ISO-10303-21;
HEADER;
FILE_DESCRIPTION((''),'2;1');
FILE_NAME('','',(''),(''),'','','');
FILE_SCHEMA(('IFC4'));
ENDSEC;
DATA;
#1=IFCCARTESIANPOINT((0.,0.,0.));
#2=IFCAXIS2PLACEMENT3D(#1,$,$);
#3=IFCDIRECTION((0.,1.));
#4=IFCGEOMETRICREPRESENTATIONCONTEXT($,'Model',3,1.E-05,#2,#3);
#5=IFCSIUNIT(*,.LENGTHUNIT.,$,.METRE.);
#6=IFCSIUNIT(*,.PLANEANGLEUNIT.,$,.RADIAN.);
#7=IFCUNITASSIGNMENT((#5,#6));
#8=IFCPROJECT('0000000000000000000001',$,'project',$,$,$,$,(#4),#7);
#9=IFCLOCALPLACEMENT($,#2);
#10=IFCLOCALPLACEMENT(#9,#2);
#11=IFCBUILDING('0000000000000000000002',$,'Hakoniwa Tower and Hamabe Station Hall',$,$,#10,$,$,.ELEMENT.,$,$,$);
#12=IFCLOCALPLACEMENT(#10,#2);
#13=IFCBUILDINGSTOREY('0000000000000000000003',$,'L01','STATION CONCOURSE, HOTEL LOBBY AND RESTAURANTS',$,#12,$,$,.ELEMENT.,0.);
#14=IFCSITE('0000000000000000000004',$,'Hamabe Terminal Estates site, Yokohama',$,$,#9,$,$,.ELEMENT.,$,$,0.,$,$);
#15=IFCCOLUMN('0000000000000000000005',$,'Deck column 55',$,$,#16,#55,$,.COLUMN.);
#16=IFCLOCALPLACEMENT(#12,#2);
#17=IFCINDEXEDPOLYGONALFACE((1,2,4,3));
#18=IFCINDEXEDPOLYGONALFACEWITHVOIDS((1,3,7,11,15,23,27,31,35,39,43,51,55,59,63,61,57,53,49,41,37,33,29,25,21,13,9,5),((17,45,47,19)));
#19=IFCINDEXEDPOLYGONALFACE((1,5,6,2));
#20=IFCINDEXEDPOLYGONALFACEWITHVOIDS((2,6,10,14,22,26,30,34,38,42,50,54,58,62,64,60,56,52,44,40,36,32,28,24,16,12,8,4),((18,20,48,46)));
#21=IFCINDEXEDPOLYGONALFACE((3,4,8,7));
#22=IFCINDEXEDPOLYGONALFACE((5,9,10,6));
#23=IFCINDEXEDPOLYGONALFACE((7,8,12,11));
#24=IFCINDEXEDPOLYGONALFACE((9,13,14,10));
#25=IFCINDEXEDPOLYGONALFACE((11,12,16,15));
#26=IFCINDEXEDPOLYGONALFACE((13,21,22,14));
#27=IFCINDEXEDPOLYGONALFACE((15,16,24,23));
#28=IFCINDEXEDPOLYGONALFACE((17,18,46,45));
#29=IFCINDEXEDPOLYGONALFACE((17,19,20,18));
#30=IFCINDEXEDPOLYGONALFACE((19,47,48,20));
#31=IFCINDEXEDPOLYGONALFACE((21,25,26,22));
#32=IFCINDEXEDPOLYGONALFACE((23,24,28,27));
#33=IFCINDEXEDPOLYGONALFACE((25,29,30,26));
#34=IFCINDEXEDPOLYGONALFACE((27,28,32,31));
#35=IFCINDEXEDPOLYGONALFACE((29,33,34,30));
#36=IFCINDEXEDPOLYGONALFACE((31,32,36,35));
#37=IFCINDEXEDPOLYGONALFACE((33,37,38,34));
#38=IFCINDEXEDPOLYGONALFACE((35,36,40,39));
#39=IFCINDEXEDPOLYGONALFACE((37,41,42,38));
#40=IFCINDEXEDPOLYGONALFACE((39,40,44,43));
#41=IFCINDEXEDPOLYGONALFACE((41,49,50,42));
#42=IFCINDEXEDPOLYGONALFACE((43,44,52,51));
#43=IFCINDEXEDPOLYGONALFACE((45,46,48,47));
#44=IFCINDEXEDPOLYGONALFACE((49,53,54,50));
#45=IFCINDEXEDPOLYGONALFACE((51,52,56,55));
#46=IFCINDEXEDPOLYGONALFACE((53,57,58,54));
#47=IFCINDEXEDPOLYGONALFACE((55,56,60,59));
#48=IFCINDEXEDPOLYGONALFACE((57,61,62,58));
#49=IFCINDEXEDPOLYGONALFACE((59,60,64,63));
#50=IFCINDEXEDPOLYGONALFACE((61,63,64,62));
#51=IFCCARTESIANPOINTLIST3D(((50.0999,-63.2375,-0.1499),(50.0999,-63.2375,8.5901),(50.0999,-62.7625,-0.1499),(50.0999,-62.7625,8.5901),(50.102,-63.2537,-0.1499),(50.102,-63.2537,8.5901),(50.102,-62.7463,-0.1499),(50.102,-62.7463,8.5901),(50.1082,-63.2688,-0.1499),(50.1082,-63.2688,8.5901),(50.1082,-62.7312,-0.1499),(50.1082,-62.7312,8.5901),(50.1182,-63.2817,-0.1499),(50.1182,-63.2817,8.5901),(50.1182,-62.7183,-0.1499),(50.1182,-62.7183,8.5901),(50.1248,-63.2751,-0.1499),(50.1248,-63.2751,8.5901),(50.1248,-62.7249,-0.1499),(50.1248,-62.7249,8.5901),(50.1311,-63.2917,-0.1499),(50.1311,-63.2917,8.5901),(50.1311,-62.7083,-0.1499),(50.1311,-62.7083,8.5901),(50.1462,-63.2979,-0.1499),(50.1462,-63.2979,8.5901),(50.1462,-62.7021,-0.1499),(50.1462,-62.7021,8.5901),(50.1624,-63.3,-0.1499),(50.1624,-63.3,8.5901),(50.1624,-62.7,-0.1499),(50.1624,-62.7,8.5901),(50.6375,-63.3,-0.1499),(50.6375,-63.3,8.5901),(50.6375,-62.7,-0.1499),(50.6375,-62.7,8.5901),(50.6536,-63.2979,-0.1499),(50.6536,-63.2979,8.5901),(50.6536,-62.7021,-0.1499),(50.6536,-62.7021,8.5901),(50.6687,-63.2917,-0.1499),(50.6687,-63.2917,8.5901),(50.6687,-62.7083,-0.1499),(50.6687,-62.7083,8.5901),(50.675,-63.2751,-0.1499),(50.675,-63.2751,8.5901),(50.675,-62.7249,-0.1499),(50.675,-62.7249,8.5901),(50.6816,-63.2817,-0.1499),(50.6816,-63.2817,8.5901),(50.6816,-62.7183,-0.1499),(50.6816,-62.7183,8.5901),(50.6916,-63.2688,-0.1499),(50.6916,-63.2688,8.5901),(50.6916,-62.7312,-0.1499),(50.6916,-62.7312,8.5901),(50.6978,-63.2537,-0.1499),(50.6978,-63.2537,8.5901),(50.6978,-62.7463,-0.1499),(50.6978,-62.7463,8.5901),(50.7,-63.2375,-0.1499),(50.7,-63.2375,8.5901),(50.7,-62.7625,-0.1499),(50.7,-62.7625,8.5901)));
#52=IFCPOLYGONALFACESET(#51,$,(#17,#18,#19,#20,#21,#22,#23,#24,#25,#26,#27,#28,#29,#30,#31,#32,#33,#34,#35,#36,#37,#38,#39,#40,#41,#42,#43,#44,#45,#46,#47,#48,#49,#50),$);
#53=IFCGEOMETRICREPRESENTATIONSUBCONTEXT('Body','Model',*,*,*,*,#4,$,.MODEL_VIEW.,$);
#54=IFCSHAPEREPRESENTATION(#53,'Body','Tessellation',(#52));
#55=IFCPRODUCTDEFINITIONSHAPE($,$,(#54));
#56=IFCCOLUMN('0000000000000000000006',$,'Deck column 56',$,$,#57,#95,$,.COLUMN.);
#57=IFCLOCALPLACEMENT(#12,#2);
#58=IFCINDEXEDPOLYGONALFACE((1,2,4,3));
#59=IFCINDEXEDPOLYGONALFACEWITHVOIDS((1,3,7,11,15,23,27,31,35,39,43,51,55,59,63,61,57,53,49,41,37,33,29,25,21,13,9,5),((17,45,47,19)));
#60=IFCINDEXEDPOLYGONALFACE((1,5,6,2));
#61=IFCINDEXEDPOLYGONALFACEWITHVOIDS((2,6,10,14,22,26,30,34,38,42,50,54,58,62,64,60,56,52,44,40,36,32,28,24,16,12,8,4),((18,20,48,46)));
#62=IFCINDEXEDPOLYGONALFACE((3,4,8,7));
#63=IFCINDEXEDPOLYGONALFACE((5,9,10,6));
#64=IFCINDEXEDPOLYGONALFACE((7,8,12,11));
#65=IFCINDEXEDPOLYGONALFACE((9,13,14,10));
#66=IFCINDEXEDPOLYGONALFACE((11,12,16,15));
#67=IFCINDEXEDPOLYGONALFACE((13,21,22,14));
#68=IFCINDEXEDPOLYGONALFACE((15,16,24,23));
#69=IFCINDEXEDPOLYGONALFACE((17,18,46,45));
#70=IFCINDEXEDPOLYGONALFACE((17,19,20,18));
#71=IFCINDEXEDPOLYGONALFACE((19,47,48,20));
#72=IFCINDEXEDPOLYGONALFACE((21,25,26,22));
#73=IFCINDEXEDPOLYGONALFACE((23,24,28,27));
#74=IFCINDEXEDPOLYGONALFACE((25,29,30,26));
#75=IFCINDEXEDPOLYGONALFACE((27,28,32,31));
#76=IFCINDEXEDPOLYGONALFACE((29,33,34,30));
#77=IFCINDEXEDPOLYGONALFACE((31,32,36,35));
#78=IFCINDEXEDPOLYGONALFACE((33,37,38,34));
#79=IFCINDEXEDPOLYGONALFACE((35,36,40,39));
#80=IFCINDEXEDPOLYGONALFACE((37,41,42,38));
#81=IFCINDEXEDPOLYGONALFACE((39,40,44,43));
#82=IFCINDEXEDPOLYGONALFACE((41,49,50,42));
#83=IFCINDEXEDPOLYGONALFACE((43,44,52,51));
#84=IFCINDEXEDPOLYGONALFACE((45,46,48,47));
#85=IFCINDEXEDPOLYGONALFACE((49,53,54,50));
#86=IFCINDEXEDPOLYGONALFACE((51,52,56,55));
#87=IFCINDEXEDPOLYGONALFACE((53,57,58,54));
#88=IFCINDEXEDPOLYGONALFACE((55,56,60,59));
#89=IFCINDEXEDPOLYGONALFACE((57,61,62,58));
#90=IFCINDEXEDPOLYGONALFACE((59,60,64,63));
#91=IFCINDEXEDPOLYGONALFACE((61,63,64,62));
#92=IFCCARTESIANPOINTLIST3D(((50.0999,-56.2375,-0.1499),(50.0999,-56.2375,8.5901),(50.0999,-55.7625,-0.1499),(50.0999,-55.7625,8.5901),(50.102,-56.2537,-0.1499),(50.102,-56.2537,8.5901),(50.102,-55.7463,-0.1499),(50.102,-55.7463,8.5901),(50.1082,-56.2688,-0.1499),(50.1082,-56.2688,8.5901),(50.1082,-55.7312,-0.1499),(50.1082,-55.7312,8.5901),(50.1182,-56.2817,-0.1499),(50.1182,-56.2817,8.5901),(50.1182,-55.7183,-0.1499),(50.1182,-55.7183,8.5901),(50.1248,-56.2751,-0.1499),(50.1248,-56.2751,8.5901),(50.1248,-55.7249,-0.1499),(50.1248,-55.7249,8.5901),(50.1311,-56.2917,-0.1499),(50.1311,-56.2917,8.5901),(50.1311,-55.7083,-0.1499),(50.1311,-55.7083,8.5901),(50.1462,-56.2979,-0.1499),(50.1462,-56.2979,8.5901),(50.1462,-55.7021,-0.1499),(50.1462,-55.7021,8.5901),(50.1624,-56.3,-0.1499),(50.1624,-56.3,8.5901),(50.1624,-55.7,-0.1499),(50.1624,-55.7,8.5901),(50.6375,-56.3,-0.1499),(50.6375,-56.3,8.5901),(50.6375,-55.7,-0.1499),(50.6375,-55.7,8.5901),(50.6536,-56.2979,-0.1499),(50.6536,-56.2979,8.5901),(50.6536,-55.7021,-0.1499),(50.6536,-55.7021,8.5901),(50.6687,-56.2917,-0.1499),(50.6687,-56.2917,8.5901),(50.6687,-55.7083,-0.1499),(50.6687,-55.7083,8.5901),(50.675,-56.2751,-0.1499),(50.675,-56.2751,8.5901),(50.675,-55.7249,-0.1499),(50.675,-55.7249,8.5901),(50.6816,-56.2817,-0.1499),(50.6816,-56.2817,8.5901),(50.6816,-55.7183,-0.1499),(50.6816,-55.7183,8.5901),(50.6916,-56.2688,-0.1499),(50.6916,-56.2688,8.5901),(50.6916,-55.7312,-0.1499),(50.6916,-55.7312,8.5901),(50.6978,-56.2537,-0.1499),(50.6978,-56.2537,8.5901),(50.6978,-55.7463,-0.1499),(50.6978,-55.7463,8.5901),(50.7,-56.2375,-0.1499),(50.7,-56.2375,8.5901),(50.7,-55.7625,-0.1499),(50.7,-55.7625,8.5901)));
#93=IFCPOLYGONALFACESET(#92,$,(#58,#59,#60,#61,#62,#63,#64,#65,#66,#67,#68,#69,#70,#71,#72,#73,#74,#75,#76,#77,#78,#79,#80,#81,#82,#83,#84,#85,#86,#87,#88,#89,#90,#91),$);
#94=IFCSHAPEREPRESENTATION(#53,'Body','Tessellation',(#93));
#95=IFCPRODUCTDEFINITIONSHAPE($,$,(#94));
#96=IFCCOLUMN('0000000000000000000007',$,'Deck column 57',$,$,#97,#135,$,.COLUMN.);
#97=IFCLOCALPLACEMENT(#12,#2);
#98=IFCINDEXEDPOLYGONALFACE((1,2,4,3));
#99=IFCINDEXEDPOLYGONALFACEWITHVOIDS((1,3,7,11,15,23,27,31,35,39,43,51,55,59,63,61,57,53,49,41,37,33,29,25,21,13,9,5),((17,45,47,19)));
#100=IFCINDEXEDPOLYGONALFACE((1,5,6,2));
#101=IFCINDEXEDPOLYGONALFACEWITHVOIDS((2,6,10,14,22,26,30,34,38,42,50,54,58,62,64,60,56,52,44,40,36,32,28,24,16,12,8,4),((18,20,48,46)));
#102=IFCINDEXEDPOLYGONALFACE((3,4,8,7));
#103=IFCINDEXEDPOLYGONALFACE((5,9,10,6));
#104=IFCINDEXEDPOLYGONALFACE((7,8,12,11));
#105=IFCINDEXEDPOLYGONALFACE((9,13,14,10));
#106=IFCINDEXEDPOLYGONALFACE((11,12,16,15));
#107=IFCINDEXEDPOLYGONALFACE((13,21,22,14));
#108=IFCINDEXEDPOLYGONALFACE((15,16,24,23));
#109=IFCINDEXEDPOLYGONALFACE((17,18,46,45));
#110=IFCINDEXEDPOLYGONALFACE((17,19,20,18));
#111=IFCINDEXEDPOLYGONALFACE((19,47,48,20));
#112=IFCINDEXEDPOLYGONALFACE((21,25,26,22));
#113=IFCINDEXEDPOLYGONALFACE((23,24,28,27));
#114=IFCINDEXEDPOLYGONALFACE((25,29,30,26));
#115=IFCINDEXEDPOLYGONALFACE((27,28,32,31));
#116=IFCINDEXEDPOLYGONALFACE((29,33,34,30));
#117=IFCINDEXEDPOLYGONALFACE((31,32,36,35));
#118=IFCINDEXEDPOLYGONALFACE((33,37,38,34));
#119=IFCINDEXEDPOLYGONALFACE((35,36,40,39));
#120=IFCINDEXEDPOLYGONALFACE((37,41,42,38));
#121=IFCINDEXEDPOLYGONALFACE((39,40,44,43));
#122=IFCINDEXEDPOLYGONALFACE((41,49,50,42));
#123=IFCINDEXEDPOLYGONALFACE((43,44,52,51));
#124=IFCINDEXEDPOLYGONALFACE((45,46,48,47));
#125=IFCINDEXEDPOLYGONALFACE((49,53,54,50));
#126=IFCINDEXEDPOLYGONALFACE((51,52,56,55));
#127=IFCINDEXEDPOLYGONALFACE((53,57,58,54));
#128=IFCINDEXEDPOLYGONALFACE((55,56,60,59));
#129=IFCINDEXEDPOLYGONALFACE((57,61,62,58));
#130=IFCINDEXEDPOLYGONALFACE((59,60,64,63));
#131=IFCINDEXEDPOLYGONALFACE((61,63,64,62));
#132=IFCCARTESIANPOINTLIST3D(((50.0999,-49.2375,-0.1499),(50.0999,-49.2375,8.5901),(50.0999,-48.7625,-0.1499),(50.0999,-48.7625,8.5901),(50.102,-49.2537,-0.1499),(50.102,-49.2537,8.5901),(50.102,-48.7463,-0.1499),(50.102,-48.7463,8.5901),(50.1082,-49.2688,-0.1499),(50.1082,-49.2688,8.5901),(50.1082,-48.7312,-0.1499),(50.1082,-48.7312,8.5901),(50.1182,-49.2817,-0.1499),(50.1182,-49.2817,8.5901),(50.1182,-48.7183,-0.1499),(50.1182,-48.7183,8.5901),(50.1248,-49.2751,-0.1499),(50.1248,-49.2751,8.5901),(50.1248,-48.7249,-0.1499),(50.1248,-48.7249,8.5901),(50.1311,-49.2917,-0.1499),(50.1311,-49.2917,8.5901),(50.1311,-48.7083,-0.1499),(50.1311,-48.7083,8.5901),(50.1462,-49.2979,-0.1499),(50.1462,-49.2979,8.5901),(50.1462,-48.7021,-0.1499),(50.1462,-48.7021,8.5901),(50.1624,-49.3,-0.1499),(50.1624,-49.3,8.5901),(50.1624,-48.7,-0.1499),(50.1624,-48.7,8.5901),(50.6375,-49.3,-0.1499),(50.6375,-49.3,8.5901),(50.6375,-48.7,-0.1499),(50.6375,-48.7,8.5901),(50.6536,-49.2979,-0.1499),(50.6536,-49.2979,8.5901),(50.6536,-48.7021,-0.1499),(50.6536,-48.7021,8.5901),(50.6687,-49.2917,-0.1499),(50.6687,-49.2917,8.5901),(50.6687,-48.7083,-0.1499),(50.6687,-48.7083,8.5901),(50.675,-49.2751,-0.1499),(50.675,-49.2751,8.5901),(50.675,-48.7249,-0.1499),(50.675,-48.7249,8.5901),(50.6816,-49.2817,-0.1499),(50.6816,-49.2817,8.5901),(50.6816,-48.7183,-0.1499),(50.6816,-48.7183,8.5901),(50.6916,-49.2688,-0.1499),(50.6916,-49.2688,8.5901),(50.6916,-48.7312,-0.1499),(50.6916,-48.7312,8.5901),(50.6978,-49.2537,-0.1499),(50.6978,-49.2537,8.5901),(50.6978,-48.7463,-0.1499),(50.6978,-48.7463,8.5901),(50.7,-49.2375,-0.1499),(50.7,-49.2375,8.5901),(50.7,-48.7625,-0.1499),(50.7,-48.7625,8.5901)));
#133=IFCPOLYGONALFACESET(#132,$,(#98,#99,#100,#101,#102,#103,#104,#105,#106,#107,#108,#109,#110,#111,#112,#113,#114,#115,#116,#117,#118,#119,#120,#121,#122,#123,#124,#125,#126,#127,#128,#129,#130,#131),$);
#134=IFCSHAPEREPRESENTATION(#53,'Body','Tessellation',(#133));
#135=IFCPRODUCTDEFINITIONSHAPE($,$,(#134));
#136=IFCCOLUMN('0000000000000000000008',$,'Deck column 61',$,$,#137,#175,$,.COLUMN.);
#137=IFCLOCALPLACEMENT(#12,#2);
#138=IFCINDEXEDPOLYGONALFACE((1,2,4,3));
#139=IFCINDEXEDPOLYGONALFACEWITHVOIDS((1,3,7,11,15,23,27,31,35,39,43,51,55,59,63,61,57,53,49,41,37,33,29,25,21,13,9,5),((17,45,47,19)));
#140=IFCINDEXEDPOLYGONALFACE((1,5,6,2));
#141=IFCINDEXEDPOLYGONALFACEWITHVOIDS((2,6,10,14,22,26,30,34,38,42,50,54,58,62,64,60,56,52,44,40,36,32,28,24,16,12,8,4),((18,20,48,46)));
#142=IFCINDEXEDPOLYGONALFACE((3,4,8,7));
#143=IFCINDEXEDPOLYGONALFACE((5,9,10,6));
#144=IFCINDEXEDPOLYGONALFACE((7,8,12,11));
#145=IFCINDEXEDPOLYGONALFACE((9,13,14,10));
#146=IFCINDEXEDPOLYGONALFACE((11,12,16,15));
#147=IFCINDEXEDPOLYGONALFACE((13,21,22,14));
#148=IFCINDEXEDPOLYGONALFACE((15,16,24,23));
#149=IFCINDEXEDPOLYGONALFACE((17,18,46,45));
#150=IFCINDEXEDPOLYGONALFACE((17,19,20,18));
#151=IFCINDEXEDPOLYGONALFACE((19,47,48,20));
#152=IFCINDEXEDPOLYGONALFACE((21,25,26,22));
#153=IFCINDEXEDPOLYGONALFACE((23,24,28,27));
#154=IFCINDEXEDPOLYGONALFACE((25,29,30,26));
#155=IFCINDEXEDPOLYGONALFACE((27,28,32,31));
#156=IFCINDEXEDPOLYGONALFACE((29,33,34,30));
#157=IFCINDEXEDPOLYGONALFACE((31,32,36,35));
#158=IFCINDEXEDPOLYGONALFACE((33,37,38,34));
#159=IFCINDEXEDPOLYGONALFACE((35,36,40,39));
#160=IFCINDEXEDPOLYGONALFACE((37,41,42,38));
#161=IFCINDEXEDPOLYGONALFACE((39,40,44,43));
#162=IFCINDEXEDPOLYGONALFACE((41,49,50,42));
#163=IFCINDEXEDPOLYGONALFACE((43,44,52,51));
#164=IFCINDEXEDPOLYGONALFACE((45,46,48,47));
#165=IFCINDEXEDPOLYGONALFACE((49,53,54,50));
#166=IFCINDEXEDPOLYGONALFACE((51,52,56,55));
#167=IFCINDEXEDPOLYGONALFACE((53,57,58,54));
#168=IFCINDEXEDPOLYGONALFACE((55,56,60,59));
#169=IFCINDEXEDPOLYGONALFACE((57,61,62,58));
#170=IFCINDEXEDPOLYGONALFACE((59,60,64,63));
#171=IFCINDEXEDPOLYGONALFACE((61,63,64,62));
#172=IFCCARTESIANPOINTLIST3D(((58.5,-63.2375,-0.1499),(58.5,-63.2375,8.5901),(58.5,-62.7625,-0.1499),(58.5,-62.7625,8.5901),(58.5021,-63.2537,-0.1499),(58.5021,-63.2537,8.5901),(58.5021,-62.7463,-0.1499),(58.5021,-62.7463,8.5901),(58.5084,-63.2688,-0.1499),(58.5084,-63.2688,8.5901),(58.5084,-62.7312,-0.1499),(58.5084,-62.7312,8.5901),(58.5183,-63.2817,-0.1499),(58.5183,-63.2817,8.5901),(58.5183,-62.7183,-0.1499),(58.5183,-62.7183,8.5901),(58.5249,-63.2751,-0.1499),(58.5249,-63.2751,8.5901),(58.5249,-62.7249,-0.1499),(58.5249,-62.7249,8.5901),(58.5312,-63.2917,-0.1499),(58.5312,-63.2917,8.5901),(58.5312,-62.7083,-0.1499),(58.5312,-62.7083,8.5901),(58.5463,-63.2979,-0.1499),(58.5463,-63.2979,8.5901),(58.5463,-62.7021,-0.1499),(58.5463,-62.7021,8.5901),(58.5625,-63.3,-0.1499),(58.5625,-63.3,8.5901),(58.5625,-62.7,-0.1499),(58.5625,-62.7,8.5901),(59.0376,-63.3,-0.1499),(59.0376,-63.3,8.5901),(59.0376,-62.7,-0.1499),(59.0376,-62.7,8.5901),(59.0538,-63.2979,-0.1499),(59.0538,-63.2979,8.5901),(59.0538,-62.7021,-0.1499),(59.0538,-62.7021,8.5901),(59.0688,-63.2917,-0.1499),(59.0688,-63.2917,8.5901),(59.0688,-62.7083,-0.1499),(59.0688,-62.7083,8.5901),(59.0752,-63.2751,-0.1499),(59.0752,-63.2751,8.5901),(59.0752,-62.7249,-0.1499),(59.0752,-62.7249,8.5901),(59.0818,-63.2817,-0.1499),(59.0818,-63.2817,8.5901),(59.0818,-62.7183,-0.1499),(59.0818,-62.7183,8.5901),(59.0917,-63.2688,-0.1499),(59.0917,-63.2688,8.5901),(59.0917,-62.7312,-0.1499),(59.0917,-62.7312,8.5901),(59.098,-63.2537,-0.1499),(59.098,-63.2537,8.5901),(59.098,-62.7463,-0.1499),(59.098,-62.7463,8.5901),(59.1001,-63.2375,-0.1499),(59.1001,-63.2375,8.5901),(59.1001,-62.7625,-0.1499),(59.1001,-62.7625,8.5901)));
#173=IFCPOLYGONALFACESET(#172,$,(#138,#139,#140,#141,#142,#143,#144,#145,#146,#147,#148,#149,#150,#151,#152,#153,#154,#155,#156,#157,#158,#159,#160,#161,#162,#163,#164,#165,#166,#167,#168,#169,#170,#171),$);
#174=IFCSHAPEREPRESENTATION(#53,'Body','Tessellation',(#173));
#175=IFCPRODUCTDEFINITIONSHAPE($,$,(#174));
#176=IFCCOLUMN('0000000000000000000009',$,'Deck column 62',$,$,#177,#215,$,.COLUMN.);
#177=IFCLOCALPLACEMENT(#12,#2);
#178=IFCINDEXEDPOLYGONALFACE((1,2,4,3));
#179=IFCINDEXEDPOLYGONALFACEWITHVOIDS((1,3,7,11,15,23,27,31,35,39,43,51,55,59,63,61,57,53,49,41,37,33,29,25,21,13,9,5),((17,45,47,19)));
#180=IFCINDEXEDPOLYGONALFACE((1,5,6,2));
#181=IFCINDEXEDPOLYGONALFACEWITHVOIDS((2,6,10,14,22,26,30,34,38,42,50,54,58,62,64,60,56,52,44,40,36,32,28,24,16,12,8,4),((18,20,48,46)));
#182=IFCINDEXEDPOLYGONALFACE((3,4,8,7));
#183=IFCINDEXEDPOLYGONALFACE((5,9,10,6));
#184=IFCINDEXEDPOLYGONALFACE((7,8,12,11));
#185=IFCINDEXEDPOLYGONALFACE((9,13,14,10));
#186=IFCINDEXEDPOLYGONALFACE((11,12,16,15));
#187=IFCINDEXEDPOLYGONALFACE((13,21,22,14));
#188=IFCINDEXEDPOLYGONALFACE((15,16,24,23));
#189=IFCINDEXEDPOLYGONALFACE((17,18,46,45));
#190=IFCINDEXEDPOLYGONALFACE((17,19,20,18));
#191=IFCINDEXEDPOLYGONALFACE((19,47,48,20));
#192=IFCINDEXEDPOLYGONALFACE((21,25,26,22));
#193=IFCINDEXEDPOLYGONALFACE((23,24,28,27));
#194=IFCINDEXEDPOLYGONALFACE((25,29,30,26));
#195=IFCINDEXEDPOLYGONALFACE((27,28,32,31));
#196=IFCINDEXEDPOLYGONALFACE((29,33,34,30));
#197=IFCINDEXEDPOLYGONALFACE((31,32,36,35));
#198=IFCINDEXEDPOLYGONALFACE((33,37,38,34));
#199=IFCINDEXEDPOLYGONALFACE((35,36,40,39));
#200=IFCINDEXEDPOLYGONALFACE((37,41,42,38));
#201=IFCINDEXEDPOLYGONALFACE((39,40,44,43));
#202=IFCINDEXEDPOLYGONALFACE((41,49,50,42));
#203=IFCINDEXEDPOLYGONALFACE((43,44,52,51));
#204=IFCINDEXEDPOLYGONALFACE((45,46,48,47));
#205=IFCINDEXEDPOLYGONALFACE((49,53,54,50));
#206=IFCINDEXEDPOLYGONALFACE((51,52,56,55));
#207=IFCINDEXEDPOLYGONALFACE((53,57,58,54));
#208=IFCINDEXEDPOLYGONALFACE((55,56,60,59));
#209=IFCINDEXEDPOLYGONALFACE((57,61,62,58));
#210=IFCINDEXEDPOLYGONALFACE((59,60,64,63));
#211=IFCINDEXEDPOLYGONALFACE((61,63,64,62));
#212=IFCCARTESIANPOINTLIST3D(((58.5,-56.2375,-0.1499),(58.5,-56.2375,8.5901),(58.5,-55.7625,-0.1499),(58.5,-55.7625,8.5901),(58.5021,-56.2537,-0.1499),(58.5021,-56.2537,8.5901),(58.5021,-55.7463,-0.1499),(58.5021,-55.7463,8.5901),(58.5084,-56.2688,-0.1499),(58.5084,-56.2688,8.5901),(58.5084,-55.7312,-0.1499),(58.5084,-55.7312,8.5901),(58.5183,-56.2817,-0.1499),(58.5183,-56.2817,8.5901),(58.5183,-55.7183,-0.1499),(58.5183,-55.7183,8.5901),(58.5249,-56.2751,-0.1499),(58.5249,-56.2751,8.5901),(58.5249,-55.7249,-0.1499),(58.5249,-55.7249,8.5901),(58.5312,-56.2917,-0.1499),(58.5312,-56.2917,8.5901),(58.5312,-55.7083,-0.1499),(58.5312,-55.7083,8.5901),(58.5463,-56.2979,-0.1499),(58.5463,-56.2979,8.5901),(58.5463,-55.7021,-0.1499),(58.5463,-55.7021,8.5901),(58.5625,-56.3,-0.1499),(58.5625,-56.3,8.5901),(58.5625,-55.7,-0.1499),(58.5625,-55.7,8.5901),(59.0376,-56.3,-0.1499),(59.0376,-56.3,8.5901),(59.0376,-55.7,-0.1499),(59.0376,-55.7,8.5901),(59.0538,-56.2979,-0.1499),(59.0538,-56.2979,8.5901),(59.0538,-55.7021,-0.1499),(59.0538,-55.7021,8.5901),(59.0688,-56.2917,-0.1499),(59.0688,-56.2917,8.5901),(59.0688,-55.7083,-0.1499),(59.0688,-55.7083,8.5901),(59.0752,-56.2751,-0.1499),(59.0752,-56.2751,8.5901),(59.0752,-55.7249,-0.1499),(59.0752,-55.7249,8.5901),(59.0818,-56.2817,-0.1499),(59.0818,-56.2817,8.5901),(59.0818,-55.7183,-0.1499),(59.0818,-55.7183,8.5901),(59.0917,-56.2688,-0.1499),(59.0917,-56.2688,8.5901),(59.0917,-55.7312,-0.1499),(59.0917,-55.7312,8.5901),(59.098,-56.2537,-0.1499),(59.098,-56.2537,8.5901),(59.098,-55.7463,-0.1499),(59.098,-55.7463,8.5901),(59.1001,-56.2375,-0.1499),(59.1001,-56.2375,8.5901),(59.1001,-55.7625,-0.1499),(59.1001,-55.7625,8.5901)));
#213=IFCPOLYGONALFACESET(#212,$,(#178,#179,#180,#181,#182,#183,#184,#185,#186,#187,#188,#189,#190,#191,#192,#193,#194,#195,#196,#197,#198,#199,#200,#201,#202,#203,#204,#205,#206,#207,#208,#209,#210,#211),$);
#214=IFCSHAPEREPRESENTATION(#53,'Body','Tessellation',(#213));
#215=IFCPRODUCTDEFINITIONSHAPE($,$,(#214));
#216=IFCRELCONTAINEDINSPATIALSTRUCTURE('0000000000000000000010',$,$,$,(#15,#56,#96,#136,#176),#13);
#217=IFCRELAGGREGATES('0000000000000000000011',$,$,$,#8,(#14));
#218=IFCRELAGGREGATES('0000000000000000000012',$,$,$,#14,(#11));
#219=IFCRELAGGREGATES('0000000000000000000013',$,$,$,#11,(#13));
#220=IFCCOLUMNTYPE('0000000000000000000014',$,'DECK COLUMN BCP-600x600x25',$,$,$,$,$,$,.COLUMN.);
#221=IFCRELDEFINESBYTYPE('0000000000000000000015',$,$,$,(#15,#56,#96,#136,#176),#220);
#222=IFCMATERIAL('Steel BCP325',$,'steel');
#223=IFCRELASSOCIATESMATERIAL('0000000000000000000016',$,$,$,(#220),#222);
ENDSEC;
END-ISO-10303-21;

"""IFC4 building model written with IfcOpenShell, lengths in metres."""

from ifc_helpers import new_model, si_unit, direction, frame, origin, origin_2d, place, context, subcontext, project, spatial, hollow_rectangle, extrude, material, material_profile, profile_set, type_object, element, save


model = new_model("IFC4")

# Units and contexts
model_context = context("Model", 3, precision=1e-05, world=origin(), true_north=direction((0.0, 1.0)))
body_context = subcontext(model_context, "Body", "Model", "MODEL_VIEW")
ifc_project = project(units=[si_unit("LENGTHUNIT", "METRE"), si_unit("PLANEANGLEUNIT", "RADIAN")], contexts=[model_context])

# Site, building, storey
site_placement = place(None, origin())
site = spatial("IfcSite", under=ifc_project, at=site_placement, Name="Hamabe Terminal Estates site, Yokohama", CompositionType="ELEMENT", RefElevation=0.0)
building_placement = place(site_placement, origin())
building = spatial("IfcBuilding", under=site, at=building_placement, Name="Hakoniwa Tower and Hamabe Station Hall", CompositionType="ELEMENT")
storey_placement = place(building_placement, origin())
storey = spatial("IfcBuildingStorey", under=building, at=storey_placement, Name="L01", Description="STATION CONCOURSE, HOTEL LOBBY AND RESTAURANTS", CompositionType="ELEMENT", Elevation=0.0)

# Columns
ifc_material_1 = material(Name="Steel BCP325", Category="steel")
ifc_material_profile_1 = material_profile(ifc_material_1, hollow_rectangle(XDim=0.6001, YDim=0.6001, WallThickness=0.0249, OuterFilletRadius=0.0625, at=origin_2d()), Name="DECK COLUMN BCP-600x600x25")
ifc_profile_set_1 = profile_set([ifc_material_profile_1], Name="Steel BCP325")
column_type = type_object("IfcColumnType", Name="DECK COLUMN BCP-600x600x25", PredefinedType="COLUMN", material=ifc_profile_set_1)
for number, where, z_axis, x_axis, name in (
    (1, (50.3999, -63.0, -0.1499), (0.0, 0.0, 1.0), (1.0, 0.0, 0.0), "Deck column 55"),
    (2, (50.3999, -56.0, -0.1499), (0.0, 0.0, 1.0), (1.0, 0.0, 0.0), "Deck column 56"),
    (3, (50.3999, -49.0, -0.1499), (0.0, 0.0, 1.0), (1.0, 0.0, 0.0), "Deck column 57"),
    (4, (58.8, -63.0, -0.1499), (0.0, 0.0, 1.0), (1.0, 0.0, 0.0), "Deck column 61"),
    (5, (58.8, -56.0, -0.1499), (0.0, 0.0, 1.0), (1.0, 0.0, 0.0), "Deck column 62"),
):
    element("IfcColumn", number, at=place(storey_placement, frame(where, z_axis=z_axis, x_axis=x_axis)), inside=storey, type_object=column_type, Name=name, PredefinedType="COLUMN", context=body_context, shape_type="SweptSolid", body=[
        extrude(hollow_rectangle(XDim=0.6001, YDim=0.6001, WallThickness=0.0249, OuterFilletRadius=0.0625, at=origin_2d()), origin(), (0.0, 0.0, 1.0), 8.74),
    ])

save(model, "model.ifc")
